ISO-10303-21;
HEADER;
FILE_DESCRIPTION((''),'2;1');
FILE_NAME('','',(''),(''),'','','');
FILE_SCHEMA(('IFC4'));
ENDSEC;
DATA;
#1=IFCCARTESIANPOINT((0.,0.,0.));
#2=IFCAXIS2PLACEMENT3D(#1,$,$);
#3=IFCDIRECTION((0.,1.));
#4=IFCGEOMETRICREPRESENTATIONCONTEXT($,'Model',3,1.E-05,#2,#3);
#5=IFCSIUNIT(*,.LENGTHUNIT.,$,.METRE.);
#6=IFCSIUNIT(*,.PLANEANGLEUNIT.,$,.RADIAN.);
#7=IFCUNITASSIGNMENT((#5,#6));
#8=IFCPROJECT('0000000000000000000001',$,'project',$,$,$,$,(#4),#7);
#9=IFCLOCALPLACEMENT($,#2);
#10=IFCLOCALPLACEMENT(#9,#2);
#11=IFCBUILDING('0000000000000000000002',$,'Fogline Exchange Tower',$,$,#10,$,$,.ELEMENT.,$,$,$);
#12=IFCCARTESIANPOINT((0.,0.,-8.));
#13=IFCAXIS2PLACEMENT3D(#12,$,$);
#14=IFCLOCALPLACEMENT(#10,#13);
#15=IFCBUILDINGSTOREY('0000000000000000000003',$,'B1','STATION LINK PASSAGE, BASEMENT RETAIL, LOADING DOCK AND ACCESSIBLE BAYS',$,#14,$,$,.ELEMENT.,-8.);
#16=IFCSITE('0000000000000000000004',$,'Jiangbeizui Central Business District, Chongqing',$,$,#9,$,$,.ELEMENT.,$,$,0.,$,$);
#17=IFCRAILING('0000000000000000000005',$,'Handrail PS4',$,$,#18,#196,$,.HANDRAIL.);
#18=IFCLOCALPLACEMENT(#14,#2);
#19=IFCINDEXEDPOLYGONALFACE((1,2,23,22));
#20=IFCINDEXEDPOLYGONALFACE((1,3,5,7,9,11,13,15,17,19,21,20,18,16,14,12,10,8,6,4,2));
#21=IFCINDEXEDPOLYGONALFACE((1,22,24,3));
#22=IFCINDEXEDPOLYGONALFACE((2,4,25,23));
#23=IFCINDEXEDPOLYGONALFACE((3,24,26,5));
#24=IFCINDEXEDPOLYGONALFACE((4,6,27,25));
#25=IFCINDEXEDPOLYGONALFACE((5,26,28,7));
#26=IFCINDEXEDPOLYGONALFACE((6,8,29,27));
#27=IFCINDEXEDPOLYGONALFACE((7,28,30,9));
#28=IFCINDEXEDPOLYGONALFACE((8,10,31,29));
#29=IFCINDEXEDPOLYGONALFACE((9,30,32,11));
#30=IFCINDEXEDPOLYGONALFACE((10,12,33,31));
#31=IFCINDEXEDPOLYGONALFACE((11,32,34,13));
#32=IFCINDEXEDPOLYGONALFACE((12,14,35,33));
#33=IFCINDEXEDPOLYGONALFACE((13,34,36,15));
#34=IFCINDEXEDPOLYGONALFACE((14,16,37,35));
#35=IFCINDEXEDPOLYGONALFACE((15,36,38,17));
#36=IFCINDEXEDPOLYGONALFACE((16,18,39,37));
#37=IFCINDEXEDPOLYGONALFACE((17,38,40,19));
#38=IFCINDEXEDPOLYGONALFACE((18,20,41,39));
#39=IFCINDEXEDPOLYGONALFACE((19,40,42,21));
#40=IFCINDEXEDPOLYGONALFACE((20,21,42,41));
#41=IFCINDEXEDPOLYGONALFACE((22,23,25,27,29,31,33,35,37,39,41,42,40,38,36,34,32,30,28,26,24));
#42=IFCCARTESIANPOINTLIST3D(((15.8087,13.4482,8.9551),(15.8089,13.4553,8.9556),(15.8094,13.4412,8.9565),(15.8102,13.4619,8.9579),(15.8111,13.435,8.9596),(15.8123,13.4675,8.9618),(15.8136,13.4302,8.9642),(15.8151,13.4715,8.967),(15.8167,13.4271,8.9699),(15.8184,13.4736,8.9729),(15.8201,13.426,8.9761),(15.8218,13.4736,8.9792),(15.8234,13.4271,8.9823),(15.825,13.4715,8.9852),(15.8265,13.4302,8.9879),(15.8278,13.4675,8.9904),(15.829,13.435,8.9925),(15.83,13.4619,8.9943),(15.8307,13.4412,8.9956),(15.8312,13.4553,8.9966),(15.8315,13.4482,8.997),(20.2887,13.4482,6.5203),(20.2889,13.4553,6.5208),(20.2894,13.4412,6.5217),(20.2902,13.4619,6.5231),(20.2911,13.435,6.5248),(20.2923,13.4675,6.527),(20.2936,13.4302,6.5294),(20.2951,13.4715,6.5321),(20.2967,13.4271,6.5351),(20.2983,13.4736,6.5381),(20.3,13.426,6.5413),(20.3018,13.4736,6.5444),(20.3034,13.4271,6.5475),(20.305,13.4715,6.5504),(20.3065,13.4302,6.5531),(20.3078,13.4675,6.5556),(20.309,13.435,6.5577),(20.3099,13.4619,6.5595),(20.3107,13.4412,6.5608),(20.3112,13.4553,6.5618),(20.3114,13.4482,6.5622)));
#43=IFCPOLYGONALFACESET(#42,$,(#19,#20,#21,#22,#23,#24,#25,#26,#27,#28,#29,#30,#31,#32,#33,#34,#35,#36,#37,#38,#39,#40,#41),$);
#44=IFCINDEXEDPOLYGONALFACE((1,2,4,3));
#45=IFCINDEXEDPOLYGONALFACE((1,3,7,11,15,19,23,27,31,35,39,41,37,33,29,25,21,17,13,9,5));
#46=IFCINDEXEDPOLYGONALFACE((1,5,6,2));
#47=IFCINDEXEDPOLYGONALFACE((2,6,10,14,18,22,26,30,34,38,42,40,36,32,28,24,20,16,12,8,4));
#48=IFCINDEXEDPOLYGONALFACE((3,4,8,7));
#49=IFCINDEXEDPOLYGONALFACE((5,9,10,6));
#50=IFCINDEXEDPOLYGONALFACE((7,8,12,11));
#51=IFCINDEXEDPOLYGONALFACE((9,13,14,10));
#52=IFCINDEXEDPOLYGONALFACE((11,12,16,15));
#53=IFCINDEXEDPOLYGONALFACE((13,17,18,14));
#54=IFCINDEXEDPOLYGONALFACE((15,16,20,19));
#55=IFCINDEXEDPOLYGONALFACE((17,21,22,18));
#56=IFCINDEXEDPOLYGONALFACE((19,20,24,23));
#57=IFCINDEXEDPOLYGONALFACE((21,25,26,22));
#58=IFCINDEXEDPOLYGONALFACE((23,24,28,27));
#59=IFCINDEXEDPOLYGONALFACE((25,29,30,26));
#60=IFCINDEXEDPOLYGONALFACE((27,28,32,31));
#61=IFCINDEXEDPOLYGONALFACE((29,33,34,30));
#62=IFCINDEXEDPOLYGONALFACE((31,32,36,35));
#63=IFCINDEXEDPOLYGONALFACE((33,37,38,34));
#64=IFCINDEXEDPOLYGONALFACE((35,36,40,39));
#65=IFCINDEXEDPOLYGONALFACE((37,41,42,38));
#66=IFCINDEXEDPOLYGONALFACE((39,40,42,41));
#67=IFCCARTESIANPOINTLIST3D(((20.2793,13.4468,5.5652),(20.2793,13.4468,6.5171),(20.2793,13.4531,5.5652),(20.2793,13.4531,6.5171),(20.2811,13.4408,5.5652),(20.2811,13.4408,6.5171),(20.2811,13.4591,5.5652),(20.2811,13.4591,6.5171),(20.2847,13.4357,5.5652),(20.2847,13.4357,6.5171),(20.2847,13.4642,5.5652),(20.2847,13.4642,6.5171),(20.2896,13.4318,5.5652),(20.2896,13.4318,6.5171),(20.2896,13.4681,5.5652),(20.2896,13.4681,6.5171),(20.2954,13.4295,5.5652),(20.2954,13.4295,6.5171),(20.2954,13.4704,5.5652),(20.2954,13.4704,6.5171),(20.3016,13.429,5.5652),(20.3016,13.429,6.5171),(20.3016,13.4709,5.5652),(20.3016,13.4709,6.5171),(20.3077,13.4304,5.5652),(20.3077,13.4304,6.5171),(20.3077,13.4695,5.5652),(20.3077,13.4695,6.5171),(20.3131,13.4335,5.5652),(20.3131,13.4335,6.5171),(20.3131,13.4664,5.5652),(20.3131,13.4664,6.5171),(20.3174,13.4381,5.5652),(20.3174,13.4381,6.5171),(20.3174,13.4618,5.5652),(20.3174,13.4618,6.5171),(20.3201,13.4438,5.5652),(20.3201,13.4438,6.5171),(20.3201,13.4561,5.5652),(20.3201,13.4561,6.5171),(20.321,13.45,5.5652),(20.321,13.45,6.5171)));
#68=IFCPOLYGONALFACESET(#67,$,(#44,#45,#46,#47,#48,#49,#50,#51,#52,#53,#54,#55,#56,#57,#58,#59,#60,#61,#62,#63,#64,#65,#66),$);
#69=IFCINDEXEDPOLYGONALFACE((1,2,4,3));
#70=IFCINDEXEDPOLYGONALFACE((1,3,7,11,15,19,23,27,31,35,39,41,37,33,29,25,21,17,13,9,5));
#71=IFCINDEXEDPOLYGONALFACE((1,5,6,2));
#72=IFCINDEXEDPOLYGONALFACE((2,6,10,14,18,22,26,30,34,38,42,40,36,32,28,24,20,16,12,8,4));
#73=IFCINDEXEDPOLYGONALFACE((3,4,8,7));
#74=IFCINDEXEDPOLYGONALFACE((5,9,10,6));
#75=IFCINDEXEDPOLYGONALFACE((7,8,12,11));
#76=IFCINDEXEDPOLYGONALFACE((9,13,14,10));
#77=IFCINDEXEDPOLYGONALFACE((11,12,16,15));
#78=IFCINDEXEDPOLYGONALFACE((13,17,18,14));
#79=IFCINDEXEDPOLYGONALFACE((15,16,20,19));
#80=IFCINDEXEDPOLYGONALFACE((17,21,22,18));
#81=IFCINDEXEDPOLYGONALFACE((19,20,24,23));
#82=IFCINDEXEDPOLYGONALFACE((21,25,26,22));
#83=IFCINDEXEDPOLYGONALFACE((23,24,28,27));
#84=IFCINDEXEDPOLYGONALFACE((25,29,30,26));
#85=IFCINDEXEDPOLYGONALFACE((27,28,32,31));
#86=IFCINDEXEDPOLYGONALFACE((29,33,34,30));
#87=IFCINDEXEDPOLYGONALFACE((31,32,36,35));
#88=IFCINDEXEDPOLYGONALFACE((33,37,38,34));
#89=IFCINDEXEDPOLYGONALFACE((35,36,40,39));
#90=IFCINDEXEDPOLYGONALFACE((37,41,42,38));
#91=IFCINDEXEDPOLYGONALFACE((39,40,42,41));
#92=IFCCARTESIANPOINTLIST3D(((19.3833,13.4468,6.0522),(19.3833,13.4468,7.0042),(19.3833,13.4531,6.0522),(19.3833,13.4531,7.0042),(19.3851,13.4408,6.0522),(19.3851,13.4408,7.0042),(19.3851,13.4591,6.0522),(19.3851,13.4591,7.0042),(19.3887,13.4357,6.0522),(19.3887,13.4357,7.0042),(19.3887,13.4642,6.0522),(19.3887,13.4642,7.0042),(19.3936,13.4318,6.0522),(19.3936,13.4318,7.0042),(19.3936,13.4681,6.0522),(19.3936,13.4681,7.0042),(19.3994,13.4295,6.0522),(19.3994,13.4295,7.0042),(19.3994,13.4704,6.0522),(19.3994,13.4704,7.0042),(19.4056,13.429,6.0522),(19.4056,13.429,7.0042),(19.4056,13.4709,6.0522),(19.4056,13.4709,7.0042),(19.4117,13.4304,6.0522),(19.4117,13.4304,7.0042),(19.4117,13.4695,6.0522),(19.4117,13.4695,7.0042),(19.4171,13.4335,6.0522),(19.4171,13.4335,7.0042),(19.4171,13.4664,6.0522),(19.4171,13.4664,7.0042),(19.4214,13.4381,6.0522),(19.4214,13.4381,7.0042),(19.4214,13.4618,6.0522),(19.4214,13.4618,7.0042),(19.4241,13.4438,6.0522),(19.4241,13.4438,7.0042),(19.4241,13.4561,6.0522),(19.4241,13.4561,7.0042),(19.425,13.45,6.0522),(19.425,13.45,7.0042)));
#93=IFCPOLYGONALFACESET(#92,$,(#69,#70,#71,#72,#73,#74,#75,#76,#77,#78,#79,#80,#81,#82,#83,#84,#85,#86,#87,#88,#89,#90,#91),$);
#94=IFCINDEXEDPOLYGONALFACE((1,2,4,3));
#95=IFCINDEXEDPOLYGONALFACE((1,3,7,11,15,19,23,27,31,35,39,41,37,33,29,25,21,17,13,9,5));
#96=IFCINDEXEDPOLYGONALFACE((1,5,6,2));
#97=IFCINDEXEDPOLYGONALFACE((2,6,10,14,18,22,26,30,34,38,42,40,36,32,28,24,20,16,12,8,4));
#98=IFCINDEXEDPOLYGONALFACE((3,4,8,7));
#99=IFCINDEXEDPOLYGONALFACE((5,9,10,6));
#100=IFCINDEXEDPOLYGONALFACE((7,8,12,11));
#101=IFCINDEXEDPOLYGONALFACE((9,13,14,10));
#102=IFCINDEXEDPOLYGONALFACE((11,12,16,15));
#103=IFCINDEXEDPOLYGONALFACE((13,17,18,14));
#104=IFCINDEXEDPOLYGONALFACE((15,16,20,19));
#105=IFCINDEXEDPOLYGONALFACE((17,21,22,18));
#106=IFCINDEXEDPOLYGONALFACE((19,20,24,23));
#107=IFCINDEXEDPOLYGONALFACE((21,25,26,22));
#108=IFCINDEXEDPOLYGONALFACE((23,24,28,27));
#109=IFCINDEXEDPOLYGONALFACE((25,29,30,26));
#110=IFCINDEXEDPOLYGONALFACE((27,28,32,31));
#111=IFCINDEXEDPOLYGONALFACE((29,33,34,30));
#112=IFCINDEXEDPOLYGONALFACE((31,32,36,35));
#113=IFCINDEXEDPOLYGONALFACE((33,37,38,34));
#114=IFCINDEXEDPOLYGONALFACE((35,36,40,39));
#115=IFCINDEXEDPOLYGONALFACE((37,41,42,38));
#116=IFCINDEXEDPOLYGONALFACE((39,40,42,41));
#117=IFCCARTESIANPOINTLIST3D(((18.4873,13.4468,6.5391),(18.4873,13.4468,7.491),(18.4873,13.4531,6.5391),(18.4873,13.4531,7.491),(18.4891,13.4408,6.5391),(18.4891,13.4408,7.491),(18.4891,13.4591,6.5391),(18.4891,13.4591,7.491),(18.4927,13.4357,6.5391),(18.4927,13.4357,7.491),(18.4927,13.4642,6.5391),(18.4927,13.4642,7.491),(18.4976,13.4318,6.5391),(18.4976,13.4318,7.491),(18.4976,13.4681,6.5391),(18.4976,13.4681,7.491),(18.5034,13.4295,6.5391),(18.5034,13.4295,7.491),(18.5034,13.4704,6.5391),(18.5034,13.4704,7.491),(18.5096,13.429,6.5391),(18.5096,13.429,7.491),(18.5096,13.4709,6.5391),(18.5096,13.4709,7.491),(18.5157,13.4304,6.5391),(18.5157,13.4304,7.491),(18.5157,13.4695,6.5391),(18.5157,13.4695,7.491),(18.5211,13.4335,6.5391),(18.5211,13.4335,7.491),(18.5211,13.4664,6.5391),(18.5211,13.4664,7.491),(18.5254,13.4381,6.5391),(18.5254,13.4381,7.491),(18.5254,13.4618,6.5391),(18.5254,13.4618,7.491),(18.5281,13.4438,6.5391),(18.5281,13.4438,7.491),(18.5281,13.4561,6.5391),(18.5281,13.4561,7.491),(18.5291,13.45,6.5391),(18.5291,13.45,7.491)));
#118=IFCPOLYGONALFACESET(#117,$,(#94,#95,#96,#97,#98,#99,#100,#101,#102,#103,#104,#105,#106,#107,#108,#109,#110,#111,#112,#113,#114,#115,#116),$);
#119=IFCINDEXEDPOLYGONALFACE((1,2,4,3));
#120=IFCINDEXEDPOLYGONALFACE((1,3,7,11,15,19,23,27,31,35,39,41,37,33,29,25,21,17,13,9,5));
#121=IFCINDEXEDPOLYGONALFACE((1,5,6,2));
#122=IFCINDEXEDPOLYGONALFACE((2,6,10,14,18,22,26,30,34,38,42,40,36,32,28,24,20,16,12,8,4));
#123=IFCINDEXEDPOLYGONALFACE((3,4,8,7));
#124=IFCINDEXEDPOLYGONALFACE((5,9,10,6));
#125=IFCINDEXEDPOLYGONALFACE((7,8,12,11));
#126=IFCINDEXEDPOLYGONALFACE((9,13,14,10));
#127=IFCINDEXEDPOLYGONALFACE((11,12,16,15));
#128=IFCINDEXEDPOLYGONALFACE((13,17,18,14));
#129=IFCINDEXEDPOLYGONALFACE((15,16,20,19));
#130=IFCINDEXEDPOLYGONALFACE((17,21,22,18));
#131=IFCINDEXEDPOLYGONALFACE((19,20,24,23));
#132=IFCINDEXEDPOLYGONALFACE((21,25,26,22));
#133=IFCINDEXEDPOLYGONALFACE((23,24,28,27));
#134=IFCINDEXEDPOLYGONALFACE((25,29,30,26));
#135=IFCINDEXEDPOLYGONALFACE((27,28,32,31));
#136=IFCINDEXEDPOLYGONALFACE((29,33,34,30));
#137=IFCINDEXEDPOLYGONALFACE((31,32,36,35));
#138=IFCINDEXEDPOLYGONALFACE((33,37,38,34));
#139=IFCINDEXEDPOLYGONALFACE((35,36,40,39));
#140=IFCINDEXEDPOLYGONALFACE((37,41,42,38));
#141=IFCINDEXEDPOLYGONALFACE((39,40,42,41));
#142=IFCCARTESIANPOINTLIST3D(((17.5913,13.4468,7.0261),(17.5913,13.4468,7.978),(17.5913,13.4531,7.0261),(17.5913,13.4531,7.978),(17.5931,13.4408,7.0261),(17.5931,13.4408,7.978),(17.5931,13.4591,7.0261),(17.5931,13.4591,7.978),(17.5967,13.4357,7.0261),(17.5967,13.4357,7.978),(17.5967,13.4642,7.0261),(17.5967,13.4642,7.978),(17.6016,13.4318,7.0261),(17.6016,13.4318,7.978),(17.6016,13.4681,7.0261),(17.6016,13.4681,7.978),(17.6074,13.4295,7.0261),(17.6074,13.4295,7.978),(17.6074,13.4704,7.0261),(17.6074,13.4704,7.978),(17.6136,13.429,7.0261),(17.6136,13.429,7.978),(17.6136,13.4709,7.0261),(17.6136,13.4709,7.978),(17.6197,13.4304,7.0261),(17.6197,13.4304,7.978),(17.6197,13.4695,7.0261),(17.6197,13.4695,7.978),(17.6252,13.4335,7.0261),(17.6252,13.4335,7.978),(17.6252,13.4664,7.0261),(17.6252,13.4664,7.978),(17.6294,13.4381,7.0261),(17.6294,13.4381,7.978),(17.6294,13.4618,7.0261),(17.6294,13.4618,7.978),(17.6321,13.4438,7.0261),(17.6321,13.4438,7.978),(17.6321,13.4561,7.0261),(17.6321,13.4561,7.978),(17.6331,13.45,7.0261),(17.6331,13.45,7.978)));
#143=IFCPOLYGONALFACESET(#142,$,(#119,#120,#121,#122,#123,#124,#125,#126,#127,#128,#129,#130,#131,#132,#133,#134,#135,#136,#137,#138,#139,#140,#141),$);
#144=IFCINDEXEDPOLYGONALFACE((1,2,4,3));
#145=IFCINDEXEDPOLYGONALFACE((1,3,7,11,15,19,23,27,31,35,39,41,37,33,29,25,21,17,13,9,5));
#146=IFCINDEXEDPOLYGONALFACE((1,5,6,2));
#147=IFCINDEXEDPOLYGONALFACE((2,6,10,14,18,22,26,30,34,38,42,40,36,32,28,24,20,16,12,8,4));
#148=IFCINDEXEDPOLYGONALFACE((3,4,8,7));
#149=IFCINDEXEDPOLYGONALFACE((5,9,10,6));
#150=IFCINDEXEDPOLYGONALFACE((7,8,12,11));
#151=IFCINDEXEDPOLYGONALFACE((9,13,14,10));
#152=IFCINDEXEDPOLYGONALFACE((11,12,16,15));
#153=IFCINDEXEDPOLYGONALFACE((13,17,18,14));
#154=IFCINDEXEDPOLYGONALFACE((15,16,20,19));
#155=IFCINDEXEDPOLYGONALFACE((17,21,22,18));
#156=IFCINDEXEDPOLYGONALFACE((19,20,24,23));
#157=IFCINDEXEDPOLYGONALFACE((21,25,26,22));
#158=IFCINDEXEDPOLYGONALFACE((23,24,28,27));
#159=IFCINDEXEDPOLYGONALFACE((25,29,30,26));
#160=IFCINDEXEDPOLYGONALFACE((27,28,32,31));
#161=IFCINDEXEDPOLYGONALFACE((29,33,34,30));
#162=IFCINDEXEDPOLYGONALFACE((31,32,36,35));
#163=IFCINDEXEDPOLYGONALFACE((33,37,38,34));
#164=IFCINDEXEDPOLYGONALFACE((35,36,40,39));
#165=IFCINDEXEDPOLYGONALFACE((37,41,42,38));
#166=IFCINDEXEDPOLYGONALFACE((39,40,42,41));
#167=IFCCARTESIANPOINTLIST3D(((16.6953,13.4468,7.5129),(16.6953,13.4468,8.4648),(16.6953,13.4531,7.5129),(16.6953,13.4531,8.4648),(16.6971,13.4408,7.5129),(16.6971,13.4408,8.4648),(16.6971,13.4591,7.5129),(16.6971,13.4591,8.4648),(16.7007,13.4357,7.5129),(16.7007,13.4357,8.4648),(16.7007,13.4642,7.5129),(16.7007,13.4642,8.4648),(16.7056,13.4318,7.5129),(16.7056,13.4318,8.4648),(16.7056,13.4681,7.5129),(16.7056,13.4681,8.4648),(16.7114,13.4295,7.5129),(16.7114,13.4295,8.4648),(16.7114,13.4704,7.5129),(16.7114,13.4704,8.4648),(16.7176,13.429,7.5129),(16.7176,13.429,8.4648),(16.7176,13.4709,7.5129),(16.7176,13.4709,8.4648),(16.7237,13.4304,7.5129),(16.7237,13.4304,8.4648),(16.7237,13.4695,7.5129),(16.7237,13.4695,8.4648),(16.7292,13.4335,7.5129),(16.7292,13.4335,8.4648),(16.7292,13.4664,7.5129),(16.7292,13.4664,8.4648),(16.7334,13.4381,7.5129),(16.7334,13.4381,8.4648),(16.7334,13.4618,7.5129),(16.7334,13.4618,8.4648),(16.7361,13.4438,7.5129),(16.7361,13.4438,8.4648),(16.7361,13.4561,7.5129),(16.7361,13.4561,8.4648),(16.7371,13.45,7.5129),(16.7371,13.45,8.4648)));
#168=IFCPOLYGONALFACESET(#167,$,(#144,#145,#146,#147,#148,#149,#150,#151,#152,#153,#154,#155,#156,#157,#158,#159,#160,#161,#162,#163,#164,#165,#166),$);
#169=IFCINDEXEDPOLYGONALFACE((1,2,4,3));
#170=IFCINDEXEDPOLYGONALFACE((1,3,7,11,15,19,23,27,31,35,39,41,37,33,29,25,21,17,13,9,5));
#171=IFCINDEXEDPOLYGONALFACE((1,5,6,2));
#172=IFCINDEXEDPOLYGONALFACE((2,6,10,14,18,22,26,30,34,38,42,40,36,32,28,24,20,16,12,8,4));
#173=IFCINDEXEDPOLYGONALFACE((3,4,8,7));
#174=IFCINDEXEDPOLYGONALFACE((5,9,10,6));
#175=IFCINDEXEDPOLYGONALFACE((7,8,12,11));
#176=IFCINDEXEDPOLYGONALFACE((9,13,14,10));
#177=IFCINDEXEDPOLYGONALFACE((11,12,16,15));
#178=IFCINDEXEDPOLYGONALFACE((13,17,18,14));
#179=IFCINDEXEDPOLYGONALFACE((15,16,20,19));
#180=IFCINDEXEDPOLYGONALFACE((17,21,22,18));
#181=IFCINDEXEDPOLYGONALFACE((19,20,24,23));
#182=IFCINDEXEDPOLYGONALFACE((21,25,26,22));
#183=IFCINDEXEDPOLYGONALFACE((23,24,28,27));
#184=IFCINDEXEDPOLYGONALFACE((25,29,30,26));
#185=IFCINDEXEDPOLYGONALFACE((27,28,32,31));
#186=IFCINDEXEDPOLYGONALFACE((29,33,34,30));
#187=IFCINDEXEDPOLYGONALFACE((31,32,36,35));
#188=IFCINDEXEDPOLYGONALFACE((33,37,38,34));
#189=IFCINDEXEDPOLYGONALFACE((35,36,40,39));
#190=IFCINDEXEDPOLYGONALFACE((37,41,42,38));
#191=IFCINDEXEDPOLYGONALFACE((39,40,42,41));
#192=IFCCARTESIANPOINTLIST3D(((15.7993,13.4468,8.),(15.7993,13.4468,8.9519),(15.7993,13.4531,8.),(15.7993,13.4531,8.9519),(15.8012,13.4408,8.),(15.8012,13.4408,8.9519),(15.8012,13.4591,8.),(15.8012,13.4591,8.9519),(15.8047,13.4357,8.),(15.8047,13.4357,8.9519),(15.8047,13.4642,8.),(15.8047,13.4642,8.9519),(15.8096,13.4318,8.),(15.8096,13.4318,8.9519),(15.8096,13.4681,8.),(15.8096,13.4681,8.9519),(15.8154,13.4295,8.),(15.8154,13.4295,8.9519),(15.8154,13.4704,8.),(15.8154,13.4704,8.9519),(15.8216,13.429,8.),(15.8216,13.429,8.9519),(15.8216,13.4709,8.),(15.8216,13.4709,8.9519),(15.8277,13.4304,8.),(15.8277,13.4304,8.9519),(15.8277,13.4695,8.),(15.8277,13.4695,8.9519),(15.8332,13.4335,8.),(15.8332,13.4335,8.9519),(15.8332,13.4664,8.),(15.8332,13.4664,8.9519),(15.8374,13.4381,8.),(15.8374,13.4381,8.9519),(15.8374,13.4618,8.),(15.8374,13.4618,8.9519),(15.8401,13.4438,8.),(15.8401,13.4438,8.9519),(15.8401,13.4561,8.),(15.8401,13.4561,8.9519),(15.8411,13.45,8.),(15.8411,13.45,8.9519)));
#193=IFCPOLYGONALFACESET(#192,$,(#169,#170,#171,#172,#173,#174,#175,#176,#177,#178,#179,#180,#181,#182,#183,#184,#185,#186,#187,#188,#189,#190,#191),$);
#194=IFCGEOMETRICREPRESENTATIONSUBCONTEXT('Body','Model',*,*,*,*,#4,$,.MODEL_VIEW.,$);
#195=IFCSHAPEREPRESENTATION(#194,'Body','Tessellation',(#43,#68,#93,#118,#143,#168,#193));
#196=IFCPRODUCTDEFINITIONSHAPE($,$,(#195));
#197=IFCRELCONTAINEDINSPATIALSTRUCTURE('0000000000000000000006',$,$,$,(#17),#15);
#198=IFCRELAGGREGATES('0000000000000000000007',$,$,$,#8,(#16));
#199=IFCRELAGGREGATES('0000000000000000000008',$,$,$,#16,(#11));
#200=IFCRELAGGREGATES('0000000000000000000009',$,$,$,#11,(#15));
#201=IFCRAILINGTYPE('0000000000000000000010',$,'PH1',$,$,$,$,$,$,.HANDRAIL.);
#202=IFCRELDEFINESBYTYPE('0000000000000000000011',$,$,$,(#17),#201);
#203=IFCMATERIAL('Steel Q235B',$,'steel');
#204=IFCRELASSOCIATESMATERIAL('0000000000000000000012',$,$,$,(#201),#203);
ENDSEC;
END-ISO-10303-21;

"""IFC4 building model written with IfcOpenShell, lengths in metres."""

from ifc_helpers import new_model, si_unit, direction, frame, origin, origin_2d, place, context, subcontext, project, spatial, circle, extrude, material, type_object, element, save


model = new_model("IFC4")

# Units and contexts
model_context = context("Model", 3, precision=1e-05, world=origin(), true_north=direction((0.0, 1.0)))
body_context = subcontext(model_context, "Body", "Model", "MODEL_VIEW")
ifc_project = project(units=[si_unit("LENGTHUNIT", "METRE"), si_unit("PLANEANGLEUNIT", "RADIAN")], contexts=[model_context])

# Site, building, storey
site_placement = place(None, origin())
site = spatial("IfcSite", under=ifc_project, at=site_placement, Name="Jiangbeizui Central Business District, Chongqing", CompositionType="ELEMENT", RefElevation=0.0)
building_placement = place(site_placement, origin())
building = spatial("IfcBuilding", under=site, at=building_placement, Name="Fogline Exchange Tower", CompositionType="ELEMENT")
storey_placement = place(building_placement, frame((0.0, 0.0, -8.0)))
storey = spatial("IfcBuildingStorey", under=building, at=storey_placement, Name="B1", Description="STATION LINK PASSAGE, BASEMENT RETAIL, LOADING DOCK AND ACCESSIBLE BAYS", CompositionType="ELEMENT", Elevation=-8.0)

# Shared definitions
ifc_material_1 = material(Name="Steel Q235B", Category="steel")

# Railing
railing_type_1 = type_object("IfcRailingType", Name="PH1", PredefinedType="HANDRAIL", material=ifc_material_1)
railing_1_placement = place(storey_placement, frame((20.3, 13.45, 5.5652)))
element("IfcRailing", 1, at=railing_1_placement, inside=storey, type_object=railing_type_1, Name="Handrail PS4", PredefinedType="HANDRAIL", context=body_context, shape_type="SweptSolid", body=[
    extrude(circle(Radius=0.0239, at=origin_2d()), frame((0.0, 0.0, 0.9761), z_axis=(-0.878621, 0.0, 0.47752), x_axis=(0.0, -1.0, 0.0)), (0.0, 0.0, 1.0), 5.0989),
    extrude(circle(Radius=0.021, at=origin_2d()), origin(), (0.0, 0.0, 1.0), 0.9519),
    extrude(circle(Radius=0.021, at=origin_2d()), frame((-0.896, 0.0, 0.4871)), (0.0, 0.0, 1.0), 0.9519),
    extrude(circle(Radius=0.021, at=origin_2d()), frame((-1.792, 0.0, 0.9739)), (0.0, 0.0, 1.0), 0.9519),
    extrude(circle(Radius=0.021, at=origin_2d()), frame((-2.688, 0.0, 1.4609)), (0.0, 0.0, 1.0), 0.9519),
    extrude(circle(Radius=0.021, at=origin_2d()), frame((-3.584, 0.0, 1.9478)), (0.0, 0.0, 1.0), 0.9519),
    extrude(circle(Radius=0.021, at=origin_2d()), frame((-4.48, 0.0, 2.4348)), (0.0, 0.0, 1.0), 0.9519),
])

save(model, "model.ifc")
